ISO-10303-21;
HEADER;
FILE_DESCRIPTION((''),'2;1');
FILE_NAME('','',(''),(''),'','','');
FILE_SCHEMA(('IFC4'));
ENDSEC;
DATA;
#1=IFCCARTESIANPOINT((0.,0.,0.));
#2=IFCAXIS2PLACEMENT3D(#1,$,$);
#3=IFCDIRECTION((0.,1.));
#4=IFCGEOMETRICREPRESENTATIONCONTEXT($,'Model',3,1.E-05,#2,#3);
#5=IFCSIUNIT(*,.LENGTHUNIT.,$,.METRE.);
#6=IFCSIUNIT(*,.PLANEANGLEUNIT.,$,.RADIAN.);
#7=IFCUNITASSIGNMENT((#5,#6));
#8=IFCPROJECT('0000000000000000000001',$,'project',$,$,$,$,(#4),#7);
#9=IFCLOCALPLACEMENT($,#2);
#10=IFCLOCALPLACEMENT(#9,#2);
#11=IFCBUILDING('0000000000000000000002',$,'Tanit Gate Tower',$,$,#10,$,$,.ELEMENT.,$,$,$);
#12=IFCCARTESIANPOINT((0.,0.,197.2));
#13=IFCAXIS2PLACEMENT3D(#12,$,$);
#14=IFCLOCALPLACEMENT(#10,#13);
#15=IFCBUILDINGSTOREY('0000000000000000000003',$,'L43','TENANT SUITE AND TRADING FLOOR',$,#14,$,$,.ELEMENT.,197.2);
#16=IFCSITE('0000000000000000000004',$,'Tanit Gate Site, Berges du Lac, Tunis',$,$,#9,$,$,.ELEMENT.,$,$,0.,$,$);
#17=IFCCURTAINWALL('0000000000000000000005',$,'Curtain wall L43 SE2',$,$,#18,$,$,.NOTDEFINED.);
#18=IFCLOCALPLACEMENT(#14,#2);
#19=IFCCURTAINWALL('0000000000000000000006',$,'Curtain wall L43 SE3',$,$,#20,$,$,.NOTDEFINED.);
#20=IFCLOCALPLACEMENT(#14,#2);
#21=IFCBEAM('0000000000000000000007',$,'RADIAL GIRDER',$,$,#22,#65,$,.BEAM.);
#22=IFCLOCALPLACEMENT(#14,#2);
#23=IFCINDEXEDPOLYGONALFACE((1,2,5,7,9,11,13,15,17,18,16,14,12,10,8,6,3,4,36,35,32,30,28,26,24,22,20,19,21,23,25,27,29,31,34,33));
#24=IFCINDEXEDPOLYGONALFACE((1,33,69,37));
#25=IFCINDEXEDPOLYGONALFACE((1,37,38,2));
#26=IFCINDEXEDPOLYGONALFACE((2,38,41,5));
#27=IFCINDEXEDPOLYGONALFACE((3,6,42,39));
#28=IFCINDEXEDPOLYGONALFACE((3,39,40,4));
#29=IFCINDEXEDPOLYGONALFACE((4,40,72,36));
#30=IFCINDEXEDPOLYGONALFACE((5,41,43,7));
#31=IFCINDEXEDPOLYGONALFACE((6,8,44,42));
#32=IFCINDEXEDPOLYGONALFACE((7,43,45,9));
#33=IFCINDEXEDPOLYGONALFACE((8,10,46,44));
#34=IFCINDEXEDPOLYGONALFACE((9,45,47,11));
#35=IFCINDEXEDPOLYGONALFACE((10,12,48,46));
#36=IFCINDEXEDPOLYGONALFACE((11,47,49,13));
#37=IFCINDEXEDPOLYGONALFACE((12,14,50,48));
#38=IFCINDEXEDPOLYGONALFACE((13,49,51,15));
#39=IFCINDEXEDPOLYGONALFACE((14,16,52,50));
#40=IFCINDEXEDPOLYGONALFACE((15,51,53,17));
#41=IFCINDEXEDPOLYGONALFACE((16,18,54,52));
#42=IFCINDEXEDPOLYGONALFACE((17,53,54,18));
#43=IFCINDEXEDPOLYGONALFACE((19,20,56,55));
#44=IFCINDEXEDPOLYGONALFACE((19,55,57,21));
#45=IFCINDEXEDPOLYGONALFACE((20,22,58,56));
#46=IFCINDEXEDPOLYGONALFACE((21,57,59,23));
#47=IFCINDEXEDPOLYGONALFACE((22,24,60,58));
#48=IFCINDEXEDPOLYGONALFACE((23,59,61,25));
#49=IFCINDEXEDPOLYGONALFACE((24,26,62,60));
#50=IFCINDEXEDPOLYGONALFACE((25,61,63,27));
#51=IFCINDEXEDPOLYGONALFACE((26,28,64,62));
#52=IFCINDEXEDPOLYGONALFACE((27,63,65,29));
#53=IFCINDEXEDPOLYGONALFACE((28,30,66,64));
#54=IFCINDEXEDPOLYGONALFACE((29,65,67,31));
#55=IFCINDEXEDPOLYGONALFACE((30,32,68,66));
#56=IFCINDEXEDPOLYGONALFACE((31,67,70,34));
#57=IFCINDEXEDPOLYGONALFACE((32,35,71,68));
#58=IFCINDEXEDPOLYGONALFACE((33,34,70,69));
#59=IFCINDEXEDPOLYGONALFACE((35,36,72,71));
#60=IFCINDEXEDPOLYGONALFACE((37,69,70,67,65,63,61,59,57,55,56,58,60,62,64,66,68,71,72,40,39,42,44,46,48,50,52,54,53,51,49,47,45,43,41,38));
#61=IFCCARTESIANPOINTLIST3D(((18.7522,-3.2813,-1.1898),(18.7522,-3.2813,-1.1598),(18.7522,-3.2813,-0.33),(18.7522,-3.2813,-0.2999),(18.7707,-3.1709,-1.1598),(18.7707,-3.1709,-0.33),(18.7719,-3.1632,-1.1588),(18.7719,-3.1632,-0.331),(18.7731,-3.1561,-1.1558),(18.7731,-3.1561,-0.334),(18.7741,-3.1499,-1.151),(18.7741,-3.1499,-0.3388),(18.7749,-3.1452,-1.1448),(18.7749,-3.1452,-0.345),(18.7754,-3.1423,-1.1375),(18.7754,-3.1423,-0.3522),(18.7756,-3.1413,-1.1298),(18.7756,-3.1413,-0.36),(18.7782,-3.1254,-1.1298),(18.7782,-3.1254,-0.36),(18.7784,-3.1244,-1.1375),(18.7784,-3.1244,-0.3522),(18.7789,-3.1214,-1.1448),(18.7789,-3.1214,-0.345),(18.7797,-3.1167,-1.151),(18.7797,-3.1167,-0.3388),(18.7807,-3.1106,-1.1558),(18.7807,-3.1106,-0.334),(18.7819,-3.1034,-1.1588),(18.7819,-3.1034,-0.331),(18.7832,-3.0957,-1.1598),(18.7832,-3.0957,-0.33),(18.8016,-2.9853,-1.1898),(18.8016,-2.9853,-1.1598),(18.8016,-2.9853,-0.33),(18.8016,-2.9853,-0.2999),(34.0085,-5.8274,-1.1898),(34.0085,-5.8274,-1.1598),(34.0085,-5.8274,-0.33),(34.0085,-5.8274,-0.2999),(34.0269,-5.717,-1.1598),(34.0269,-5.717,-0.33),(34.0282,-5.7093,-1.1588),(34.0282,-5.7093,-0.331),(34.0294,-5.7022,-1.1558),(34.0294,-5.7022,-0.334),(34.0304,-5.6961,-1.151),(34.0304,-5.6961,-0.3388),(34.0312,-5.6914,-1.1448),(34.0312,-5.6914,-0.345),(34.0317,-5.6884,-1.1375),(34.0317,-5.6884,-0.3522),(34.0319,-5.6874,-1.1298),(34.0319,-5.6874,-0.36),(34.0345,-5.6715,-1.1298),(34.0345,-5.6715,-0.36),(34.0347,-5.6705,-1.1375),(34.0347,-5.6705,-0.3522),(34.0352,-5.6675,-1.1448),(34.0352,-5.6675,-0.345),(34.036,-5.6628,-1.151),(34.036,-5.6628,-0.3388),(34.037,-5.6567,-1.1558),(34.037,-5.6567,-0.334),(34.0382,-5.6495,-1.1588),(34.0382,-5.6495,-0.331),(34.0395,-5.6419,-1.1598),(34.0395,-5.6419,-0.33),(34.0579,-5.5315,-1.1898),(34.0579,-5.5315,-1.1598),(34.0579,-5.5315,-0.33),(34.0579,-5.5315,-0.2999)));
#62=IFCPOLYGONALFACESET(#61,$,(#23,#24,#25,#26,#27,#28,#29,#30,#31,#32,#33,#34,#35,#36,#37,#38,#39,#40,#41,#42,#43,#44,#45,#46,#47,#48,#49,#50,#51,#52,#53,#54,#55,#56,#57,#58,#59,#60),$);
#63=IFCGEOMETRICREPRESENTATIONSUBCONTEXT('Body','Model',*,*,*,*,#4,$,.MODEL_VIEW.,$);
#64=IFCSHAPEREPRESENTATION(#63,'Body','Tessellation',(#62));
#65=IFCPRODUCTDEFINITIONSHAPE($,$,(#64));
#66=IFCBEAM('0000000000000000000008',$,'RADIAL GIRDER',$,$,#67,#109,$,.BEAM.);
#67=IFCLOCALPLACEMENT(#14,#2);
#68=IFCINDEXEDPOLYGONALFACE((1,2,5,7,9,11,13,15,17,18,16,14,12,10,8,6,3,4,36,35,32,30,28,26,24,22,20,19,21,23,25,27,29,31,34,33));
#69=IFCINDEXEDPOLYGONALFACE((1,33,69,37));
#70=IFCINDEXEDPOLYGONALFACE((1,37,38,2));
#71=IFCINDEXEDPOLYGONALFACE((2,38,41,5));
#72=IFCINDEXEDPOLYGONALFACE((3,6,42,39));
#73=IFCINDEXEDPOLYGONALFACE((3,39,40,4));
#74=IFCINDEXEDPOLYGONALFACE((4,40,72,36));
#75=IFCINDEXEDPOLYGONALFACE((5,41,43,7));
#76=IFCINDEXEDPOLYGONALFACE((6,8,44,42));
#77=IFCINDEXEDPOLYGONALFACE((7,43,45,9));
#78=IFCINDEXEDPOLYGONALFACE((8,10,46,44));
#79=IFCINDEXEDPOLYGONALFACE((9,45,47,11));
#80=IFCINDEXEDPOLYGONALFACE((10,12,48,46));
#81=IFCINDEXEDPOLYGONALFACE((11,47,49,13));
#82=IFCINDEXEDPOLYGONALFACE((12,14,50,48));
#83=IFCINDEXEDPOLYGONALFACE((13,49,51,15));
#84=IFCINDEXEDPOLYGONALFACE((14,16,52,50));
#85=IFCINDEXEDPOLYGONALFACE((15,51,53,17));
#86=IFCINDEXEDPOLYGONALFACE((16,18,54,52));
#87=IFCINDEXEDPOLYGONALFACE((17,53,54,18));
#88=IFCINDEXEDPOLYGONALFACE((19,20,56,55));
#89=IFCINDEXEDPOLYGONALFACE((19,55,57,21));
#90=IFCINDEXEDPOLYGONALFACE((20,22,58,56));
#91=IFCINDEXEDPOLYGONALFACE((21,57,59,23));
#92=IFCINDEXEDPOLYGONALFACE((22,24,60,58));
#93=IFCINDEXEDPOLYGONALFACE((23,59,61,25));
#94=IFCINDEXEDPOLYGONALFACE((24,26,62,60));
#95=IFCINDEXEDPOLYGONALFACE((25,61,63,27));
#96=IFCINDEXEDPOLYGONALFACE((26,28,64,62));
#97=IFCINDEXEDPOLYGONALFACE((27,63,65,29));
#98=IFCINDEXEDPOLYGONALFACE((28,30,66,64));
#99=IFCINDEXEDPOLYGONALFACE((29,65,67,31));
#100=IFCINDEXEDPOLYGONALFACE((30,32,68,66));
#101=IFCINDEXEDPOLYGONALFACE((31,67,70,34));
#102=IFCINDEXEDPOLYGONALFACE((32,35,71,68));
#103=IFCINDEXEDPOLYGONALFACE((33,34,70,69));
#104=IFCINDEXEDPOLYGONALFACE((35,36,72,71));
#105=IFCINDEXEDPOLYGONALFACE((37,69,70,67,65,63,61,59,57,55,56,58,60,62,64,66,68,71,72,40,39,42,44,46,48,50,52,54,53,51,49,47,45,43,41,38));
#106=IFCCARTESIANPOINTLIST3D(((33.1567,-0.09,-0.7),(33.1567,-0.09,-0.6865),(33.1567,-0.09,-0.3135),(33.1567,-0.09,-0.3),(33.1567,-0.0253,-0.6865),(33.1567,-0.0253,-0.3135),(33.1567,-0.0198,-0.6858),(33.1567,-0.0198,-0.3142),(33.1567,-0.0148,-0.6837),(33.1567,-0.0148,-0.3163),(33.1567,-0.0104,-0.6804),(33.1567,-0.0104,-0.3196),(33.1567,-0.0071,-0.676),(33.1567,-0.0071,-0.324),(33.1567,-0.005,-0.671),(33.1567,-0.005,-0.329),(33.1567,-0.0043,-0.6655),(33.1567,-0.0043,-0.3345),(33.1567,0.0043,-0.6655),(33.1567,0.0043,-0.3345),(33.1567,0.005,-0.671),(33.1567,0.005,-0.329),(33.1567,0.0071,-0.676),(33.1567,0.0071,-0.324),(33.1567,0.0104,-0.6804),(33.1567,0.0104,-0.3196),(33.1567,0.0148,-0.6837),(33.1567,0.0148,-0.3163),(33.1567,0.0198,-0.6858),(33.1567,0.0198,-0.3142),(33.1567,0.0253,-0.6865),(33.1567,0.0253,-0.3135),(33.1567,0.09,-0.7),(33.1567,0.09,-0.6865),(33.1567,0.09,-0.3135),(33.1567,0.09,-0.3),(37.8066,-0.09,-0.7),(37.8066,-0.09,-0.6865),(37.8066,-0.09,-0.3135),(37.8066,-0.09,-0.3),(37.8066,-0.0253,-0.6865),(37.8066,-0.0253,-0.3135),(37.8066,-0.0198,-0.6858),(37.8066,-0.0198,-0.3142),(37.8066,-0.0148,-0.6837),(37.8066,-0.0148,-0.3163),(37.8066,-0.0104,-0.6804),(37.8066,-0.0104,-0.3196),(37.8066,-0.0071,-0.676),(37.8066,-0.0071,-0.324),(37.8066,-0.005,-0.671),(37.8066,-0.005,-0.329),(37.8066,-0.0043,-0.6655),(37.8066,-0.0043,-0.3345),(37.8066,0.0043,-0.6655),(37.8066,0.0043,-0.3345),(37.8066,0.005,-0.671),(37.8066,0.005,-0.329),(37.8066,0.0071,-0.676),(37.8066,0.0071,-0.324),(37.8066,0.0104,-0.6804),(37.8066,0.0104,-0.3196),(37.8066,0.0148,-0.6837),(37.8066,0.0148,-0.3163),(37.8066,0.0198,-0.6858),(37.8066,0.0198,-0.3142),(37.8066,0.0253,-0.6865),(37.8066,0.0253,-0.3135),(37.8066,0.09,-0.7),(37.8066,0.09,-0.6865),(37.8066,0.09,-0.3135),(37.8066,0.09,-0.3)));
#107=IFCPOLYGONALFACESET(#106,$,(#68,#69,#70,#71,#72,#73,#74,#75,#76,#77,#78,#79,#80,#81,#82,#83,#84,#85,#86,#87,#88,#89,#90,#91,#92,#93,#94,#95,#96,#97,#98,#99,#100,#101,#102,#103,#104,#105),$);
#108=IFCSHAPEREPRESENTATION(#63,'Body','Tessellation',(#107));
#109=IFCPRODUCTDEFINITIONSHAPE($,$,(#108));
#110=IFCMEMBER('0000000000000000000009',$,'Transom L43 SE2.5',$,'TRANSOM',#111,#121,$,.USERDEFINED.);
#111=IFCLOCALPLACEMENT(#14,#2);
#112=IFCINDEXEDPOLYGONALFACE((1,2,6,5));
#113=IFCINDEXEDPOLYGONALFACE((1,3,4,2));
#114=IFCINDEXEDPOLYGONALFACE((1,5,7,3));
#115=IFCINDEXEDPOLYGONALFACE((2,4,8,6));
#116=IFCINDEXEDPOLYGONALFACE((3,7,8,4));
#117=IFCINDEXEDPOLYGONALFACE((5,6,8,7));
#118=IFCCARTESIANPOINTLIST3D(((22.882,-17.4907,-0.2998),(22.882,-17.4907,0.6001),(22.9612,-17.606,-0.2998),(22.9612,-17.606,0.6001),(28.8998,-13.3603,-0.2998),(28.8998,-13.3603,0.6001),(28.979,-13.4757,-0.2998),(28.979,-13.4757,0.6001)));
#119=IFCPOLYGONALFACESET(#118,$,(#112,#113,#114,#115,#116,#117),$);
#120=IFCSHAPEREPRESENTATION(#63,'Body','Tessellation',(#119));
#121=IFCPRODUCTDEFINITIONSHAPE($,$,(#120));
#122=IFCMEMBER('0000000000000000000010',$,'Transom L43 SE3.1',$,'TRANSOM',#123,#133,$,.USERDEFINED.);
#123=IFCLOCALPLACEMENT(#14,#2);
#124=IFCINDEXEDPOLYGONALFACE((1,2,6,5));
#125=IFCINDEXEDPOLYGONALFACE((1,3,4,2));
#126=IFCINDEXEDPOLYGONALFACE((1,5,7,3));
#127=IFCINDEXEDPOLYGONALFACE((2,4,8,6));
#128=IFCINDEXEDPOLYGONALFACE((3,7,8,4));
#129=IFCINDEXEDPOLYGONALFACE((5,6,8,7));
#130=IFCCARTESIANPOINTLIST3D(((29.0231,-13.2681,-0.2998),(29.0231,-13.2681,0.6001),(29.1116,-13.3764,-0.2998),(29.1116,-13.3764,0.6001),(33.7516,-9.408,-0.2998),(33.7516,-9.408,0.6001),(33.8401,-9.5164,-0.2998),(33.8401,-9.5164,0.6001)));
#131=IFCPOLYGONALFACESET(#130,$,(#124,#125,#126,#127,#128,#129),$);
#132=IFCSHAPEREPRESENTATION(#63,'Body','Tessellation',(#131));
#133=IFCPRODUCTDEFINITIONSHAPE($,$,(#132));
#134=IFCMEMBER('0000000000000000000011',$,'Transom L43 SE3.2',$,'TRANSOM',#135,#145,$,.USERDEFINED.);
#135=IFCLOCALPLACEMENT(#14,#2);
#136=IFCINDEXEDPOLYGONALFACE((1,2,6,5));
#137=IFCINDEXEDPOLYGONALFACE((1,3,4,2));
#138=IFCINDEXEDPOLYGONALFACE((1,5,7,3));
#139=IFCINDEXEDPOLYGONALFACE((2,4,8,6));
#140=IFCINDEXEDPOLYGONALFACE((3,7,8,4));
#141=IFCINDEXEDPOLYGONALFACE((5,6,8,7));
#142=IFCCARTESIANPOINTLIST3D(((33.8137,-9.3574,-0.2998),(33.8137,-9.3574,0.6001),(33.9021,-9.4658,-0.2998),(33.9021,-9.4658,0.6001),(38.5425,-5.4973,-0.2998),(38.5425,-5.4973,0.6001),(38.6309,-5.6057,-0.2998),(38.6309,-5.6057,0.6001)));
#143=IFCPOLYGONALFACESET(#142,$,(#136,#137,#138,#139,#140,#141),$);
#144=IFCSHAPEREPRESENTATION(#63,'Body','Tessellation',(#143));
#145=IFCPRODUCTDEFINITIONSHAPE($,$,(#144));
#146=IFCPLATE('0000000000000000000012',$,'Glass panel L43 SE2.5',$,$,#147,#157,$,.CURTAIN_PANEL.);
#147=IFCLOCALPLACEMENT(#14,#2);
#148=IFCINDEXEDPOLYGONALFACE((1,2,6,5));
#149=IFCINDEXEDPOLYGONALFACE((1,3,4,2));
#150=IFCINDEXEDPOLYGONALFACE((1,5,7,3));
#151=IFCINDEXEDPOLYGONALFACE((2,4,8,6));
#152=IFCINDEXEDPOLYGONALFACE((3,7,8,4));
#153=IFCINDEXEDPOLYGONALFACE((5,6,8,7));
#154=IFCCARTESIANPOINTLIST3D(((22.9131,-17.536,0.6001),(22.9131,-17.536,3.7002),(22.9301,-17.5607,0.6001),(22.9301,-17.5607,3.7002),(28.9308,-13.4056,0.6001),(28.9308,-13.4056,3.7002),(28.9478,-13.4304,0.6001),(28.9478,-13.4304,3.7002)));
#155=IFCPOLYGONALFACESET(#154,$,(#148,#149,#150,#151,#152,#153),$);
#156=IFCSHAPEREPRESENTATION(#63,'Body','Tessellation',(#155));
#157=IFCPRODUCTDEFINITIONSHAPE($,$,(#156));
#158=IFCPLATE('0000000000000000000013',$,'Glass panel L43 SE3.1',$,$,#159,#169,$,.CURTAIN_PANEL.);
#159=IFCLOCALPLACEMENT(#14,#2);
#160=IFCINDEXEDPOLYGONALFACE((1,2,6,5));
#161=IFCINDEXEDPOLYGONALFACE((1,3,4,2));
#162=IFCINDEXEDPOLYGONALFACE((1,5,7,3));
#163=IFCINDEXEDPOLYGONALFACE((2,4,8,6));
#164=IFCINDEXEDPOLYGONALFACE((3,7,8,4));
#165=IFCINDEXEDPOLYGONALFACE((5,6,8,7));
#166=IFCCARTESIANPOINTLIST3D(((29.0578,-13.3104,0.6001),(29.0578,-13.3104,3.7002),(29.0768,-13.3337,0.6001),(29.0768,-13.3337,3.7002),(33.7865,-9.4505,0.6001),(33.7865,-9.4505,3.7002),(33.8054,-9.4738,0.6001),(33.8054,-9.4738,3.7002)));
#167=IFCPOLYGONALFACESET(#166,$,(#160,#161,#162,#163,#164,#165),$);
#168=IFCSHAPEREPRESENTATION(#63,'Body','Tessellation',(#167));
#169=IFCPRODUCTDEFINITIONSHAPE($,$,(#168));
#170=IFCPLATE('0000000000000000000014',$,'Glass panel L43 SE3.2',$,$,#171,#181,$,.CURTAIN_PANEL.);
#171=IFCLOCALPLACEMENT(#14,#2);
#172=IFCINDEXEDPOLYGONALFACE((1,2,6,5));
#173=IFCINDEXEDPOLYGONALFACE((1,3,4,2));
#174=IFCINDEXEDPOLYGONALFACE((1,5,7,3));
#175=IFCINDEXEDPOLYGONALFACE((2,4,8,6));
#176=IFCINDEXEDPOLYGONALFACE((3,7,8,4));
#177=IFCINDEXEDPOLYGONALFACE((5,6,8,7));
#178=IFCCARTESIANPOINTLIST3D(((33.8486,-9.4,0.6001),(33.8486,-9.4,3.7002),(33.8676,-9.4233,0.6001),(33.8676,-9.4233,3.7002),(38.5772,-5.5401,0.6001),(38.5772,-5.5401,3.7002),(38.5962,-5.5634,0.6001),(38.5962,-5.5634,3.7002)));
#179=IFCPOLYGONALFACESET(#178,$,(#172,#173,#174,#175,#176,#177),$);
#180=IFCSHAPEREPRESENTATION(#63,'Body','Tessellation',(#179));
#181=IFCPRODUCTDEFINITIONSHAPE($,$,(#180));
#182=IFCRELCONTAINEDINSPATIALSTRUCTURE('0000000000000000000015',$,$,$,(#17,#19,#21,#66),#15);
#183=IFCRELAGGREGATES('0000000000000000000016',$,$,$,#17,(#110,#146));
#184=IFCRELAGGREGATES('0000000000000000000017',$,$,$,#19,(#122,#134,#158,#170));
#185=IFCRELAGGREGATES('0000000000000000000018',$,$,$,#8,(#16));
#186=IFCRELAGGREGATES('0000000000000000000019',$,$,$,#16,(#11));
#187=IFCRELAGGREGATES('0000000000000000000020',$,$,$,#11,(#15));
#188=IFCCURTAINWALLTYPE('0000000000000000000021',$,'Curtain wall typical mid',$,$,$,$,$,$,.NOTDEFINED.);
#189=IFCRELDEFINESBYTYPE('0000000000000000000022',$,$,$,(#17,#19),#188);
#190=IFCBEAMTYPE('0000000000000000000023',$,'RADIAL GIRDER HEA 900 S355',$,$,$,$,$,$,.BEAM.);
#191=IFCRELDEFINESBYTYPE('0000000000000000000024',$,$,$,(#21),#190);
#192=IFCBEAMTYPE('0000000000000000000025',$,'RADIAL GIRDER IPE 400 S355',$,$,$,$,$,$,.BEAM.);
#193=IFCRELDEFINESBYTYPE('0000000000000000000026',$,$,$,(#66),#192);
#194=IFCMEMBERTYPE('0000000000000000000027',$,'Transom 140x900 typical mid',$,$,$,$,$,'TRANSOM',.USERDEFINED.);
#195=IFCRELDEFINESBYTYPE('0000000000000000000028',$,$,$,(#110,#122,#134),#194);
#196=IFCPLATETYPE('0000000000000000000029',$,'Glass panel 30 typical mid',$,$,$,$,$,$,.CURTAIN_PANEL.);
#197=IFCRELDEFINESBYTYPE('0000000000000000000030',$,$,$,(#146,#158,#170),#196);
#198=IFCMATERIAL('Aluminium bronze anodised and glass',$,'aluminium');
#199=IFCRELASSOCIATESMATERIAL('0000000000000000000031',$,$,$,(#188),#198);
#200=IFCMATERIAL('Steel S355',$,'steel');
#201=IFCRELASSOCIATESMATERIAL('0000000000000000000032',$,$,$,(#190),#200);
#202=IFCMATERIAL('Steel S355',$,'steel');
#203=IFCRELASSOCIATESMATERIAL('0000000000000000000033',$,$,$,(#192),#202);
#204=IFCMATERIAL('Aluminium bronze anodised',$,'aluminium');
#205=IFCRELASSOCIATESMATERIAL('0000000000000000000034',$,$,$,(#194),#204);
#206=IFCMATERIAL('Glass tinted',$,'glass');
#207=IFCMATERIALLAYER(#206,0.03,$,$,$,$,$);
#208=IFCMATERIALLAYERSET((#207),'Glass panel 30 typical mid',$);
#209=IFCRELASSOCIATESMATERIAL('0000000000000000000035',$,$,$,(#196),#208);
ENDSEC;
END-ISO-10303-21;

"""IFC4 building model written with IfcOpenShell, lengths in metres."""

from ifc_helpers import new_model, si_unit, direction, frame, origin, origin_2d, place, context, subcontext, project, spatial, rectangle, i_section, extrude, material, layer, layer_set, material_profile, profile_set, type_object, element, aggregate, save


model = new_model("IFC4")

# Units and contexts
model_context = context("Model", 3, precision=1e-05, world=origin(), true_north=direction((0.0, 1.0)))
body_context = subcontext(model_context, "Body", "Model", "MODEL_VIEW")
ifc_project = project(units=[si_unit("LENGTHUNIT", "METRE"), si_unit("PLANEANGLEUNIT", "RADIAN")], contexts=[model_context])

# Site, building, storey
site_placement = place(None, origin())
site = spatial("IfcSite", under=ifc_project, at=site_placement, Name="Tanit Gate Site, Berges du Lac, Tunis", CompositionType="ELEMENT", RefElevation=0.0)
building_placement = place(site_placement, origin())
building = spatial("IfcBuilding", under=site, at=building_placement, Name="Tanit Gate Tower", CompositionType="ELEMENT")
storey_placement = place(building_placement, frame((0.0, 0.0, 197.2)))
storey = spatial("IfcBuildingStorey", under=building, at=storey_placement, Name="L43", Description="TENANT SUITE AND TRADING FLOOR", CompositionType="ELEMENT", Elevation=197.2)

# Curtain wall
ifc_material_1 = material(Name="Aluminium bronze anodised and glass", Category="aluminium")
curtain_wall_type = type_object("IfcCurtainWallType", Name="Curtain wall typical mid", PredefinedType="NOTDEFINED", material=ifc_material_1)
curtain_wall_1_placement = place(storey_placement, origin())
curtain_wall_1 = element("IfcCurtainWall", 1, at=curtain_wall_1_placement, inside=storey, type_object=curtain_wall_type, Name="Curtain wall L43 SE2", PredefinedType="NOTDEFINED")

# Curtain wall
curtain_wall_2_placement = place(storey_placement, origin())
curtain_wall_2 = element("IfcCurtainWall", 2, at=curtain_wall_2_placement, inside=storey, type_object=curtain_wall_type, Name="Curtain wall L43 SE3", PredefinedType="NOTDEFINED")

# Beams
ifc_material_2 = material(Name="Steel S355", Category="steel")
ifc_material_profile_1 = material_profile(ifc_material_2, i_section(OverallWidth=0.3, OverallDepth=0.8899, WebThickness=0.0161, FlangeThickness=0.03, FilletRadius=0.03, at=origin_2d()), Name="HEA 900")
ifc_profile_set_1 = profile_set([ifc_material_profile_1], Name="Steel S355")
beam_type_1 = type_object("IfcBeamType", Name="RADIAL GIRDER HEA 900 S355", PredefinedType="BEAM", material=ifc_profile_set_1)
beam_1_placement = place(storey_placement, frame((34.0332, -5.6794, -0.7449), z_axis=(-0.986358, 0.164614, 0.0), x_axis=(-0.164614, -0.986358, 0.0)))
element("IfcBeam", 3, at=beam_1_placement, inside=storey, type_object=beam_type_1, Name="RADIAL GIRDER", PredefinedType="BEAM", context=body_context, shape_type="SweptSolid", body=[
    extrude(i_section(OverallWidth=0.3, OverallDepth=0.8899, WebThickness=0.0161, FlangeThickness=0.03, FilletRadius=0.03, at=origin_2d()), origin(), (0.0, 0.0, 1.0), 15.4673),
])
ifc_material_3 = material(Name="Steel S355", Category="steel")
ifc_material_profile_2 = material_profile(ifc_material_3, i_section(OverallWidth=0.1799, OverallDepth=0.3999, WebThickness=0.0085, FlangeThickness=0.0134, FilletRadius=0.021, at=origin_2d()), Name="IPE 400")
ifc_profile_set_2 = profile_set([ifc_material_profile_2], Name="Steel S355")
beam_type_2 = type_object("IfcBeamType", Name="RADIAL GIRDER IPE 400 S355", PredefinedType="BEAM", material=ifc_profile_set_2)
beam_2_placement = place(storey_placement, frame((37.8066, 0.0, -0.5), z_axis=(-1.0, 0.0, 0.0), x_axis=(0.0, -1.0, 0.0)))
element("IfcBeam", 4, at=beam_2_placement, inside=storey, type_object=beam_type_2, Name="RADIAL GIRDER", PredefinedType="BEAM", context=body_context, shape_type="SweptSolid", body=[
    extrude(i_section(OverallWidth=0.1799, OverallDepth=0.3999, WebThickness=0.0085, FlangeThickness=0.0134, FilletRadius=0.021, at=origin_2d()), origin(), (0.0, 0.0, 1.0), 4.6499),
])

# Members
ifc_material_4 = material(Name="Aluminium bronze anodised", Category="aluminium")
ifc_material_profile_3 = material_profile(ifc_material_4, rectangle(XDim=0.1399, YDim=0.8999, at=origin_2d()), Name="140x900 bronze transom")
ifc_profile_set_3 = profile_set([ifc_material_profile_3], Name="Aluminium bronze anodised")
member_type_1 = type_object("IfcMemberType", Name="Transom 140x900 typical mid", ElementType="TRANSOM", PredefinedType="USERDEFINED", material=ifc_profile_set_3)
member_1_placement = place(storey_placement, frame((22.9216, -17.5483, 0.1501), z_axis=(0.824482, 0.565888, 0.0), x_axis=(-0.565888, 0.824482, 0.0)))
member_1 = element("IfcMember", 5, at=member_1_placement, type_object=member_type_1, Name="Transom L43 SE2.5", ObjectType="TRANSOM", PredefinedType="USERDEFINED", context=body_context, shape_type="SweptSolid", body=[
    extrude(rectangle(XDim=0.1399, YDim=0.8999, at=origin_2d()), origin(), (0.0, 0.0, 1.0), 7.2988),
])
member_2_placement = place(storey_placement, frame((29.0674, -13.3223, 0.1501), z_axis=(0.774654, 0.632386, 0.0), x_axis=(-0.632386, 0.774654, 0.0)))
member_2 = element("IfcMember", 6, at=member_2_placement, type_object=member_type_1, Name="Transom L43 SE3.1", ObjectType="TRANSOM", PredefinedType="USERDEFINED", context=body_context, shape_type="SweptSolid", body=[
    extrude(rectangle(XDim=0.1399, YDim=0.8999, at=origin_2d()), origin(), (0.0, 0.0, 1.0), 6.104),
])
member_3_placement = place(storey_placement, frame((33.8579, -9.4116, 0.1501), z_axis=(0.77467, 0.632366, 0.0), x_axis=(-0.632366, 0.77467, 0.0)))
member_3 = element("IfcMember", 7, at=member_3_placement, type_object=member_type_1, Name="Transom L43 SE3.2", ObjectType="TRANSOM", PredefinedType="USERDEFINED", context=body_context, shape_type="SweptSolid", body=[
    extrude(rectangle(XDim=0.1399, YDim=0.8999, at=origin_2d()), origin(), (0.0, 0.0, 1.0), 6.1042),
])

# Plates
ifc_material_5 = material(Name="Glass tinted", Category="glass")
ifc_layer_1 = layer(ifc_material_5, 0.03)
ifc_layer_set_1 = layer_set([ifc_layer_1], Name="Glass panel 30 typical mid")
plate_type = type_object("IfcPlateType", Name="Glass panel 30 typical mid", PredefinedType="CURTAIN_PANEL", material=ifc_layer_set_1)
plate_1_placement = place(storey_placement, frame((25.9304, -15.4832, 0.6001), z_axis=(0.0, 0.0, 1.0), x_axis=(0.824479, 0.565893, 0.0)))
plate_1 = element("IfcPlate", 8, at=plate_1_placement, type_object=plate_type, Name="Glass panel L43 SE2.5", PredefinedType="CURTAIN_PANEL", context=body_context, shape_type="SweptSolid", body=[
    extrude(rectangle(XDim=7.2988, YDim=0.03, at=origin_2d()), origin(), (0.0, 0.0, 1.0), 3.1001),
])
aggregate(curtain_wall_1, [member_1, plate_1])
plate_2_placement = place(storey_placement, frame((31.4316, -11.3921, 0.6001), z_axis=(0.0, 0.0, 1.0), x_axis=(0.774676, 0.632358, 0.0)))
plate_2 = element("IfcPlate", 9, at=plate_2_placement, type_object=plate_type, Name="Glass panel L43 SE3.1", PredefinedType="CURTAIN_PANEL", context=body_context, shape_type="SweptSolid", body=[
    extrude(rectangle(XDim=6.104, YDim=0.03, at=origin_2d()), origin(), (0.0, 0.0, 1.0), 3.1001),
])
plate_3_placement = place(storey_placement, frame((36.2224, -7.4817, 0.6001), z_axis=(0.0, 0.0, 1.0), x_axis=(0.774676, 0.632358, 0.0)))
plate_3 = element("IfcPlate", 10, at=plate_3_placement, type_object=plate_type, Name="Glass panel L43 SE3.2", PredefinedType="CURTAIN_PANEL", context=body_context, shape_type="SweptSolid", body=[
    extrude(rectangle(XDim=6.104, YDim=0.03, at=origin_2d()), origin(), (0.0, 0.0, 1.0), 3.1001),
])
aggregate(curtain_wall_2, [member_2, member_3, plate_2, plate_3])

save(model, "model.ifc")
